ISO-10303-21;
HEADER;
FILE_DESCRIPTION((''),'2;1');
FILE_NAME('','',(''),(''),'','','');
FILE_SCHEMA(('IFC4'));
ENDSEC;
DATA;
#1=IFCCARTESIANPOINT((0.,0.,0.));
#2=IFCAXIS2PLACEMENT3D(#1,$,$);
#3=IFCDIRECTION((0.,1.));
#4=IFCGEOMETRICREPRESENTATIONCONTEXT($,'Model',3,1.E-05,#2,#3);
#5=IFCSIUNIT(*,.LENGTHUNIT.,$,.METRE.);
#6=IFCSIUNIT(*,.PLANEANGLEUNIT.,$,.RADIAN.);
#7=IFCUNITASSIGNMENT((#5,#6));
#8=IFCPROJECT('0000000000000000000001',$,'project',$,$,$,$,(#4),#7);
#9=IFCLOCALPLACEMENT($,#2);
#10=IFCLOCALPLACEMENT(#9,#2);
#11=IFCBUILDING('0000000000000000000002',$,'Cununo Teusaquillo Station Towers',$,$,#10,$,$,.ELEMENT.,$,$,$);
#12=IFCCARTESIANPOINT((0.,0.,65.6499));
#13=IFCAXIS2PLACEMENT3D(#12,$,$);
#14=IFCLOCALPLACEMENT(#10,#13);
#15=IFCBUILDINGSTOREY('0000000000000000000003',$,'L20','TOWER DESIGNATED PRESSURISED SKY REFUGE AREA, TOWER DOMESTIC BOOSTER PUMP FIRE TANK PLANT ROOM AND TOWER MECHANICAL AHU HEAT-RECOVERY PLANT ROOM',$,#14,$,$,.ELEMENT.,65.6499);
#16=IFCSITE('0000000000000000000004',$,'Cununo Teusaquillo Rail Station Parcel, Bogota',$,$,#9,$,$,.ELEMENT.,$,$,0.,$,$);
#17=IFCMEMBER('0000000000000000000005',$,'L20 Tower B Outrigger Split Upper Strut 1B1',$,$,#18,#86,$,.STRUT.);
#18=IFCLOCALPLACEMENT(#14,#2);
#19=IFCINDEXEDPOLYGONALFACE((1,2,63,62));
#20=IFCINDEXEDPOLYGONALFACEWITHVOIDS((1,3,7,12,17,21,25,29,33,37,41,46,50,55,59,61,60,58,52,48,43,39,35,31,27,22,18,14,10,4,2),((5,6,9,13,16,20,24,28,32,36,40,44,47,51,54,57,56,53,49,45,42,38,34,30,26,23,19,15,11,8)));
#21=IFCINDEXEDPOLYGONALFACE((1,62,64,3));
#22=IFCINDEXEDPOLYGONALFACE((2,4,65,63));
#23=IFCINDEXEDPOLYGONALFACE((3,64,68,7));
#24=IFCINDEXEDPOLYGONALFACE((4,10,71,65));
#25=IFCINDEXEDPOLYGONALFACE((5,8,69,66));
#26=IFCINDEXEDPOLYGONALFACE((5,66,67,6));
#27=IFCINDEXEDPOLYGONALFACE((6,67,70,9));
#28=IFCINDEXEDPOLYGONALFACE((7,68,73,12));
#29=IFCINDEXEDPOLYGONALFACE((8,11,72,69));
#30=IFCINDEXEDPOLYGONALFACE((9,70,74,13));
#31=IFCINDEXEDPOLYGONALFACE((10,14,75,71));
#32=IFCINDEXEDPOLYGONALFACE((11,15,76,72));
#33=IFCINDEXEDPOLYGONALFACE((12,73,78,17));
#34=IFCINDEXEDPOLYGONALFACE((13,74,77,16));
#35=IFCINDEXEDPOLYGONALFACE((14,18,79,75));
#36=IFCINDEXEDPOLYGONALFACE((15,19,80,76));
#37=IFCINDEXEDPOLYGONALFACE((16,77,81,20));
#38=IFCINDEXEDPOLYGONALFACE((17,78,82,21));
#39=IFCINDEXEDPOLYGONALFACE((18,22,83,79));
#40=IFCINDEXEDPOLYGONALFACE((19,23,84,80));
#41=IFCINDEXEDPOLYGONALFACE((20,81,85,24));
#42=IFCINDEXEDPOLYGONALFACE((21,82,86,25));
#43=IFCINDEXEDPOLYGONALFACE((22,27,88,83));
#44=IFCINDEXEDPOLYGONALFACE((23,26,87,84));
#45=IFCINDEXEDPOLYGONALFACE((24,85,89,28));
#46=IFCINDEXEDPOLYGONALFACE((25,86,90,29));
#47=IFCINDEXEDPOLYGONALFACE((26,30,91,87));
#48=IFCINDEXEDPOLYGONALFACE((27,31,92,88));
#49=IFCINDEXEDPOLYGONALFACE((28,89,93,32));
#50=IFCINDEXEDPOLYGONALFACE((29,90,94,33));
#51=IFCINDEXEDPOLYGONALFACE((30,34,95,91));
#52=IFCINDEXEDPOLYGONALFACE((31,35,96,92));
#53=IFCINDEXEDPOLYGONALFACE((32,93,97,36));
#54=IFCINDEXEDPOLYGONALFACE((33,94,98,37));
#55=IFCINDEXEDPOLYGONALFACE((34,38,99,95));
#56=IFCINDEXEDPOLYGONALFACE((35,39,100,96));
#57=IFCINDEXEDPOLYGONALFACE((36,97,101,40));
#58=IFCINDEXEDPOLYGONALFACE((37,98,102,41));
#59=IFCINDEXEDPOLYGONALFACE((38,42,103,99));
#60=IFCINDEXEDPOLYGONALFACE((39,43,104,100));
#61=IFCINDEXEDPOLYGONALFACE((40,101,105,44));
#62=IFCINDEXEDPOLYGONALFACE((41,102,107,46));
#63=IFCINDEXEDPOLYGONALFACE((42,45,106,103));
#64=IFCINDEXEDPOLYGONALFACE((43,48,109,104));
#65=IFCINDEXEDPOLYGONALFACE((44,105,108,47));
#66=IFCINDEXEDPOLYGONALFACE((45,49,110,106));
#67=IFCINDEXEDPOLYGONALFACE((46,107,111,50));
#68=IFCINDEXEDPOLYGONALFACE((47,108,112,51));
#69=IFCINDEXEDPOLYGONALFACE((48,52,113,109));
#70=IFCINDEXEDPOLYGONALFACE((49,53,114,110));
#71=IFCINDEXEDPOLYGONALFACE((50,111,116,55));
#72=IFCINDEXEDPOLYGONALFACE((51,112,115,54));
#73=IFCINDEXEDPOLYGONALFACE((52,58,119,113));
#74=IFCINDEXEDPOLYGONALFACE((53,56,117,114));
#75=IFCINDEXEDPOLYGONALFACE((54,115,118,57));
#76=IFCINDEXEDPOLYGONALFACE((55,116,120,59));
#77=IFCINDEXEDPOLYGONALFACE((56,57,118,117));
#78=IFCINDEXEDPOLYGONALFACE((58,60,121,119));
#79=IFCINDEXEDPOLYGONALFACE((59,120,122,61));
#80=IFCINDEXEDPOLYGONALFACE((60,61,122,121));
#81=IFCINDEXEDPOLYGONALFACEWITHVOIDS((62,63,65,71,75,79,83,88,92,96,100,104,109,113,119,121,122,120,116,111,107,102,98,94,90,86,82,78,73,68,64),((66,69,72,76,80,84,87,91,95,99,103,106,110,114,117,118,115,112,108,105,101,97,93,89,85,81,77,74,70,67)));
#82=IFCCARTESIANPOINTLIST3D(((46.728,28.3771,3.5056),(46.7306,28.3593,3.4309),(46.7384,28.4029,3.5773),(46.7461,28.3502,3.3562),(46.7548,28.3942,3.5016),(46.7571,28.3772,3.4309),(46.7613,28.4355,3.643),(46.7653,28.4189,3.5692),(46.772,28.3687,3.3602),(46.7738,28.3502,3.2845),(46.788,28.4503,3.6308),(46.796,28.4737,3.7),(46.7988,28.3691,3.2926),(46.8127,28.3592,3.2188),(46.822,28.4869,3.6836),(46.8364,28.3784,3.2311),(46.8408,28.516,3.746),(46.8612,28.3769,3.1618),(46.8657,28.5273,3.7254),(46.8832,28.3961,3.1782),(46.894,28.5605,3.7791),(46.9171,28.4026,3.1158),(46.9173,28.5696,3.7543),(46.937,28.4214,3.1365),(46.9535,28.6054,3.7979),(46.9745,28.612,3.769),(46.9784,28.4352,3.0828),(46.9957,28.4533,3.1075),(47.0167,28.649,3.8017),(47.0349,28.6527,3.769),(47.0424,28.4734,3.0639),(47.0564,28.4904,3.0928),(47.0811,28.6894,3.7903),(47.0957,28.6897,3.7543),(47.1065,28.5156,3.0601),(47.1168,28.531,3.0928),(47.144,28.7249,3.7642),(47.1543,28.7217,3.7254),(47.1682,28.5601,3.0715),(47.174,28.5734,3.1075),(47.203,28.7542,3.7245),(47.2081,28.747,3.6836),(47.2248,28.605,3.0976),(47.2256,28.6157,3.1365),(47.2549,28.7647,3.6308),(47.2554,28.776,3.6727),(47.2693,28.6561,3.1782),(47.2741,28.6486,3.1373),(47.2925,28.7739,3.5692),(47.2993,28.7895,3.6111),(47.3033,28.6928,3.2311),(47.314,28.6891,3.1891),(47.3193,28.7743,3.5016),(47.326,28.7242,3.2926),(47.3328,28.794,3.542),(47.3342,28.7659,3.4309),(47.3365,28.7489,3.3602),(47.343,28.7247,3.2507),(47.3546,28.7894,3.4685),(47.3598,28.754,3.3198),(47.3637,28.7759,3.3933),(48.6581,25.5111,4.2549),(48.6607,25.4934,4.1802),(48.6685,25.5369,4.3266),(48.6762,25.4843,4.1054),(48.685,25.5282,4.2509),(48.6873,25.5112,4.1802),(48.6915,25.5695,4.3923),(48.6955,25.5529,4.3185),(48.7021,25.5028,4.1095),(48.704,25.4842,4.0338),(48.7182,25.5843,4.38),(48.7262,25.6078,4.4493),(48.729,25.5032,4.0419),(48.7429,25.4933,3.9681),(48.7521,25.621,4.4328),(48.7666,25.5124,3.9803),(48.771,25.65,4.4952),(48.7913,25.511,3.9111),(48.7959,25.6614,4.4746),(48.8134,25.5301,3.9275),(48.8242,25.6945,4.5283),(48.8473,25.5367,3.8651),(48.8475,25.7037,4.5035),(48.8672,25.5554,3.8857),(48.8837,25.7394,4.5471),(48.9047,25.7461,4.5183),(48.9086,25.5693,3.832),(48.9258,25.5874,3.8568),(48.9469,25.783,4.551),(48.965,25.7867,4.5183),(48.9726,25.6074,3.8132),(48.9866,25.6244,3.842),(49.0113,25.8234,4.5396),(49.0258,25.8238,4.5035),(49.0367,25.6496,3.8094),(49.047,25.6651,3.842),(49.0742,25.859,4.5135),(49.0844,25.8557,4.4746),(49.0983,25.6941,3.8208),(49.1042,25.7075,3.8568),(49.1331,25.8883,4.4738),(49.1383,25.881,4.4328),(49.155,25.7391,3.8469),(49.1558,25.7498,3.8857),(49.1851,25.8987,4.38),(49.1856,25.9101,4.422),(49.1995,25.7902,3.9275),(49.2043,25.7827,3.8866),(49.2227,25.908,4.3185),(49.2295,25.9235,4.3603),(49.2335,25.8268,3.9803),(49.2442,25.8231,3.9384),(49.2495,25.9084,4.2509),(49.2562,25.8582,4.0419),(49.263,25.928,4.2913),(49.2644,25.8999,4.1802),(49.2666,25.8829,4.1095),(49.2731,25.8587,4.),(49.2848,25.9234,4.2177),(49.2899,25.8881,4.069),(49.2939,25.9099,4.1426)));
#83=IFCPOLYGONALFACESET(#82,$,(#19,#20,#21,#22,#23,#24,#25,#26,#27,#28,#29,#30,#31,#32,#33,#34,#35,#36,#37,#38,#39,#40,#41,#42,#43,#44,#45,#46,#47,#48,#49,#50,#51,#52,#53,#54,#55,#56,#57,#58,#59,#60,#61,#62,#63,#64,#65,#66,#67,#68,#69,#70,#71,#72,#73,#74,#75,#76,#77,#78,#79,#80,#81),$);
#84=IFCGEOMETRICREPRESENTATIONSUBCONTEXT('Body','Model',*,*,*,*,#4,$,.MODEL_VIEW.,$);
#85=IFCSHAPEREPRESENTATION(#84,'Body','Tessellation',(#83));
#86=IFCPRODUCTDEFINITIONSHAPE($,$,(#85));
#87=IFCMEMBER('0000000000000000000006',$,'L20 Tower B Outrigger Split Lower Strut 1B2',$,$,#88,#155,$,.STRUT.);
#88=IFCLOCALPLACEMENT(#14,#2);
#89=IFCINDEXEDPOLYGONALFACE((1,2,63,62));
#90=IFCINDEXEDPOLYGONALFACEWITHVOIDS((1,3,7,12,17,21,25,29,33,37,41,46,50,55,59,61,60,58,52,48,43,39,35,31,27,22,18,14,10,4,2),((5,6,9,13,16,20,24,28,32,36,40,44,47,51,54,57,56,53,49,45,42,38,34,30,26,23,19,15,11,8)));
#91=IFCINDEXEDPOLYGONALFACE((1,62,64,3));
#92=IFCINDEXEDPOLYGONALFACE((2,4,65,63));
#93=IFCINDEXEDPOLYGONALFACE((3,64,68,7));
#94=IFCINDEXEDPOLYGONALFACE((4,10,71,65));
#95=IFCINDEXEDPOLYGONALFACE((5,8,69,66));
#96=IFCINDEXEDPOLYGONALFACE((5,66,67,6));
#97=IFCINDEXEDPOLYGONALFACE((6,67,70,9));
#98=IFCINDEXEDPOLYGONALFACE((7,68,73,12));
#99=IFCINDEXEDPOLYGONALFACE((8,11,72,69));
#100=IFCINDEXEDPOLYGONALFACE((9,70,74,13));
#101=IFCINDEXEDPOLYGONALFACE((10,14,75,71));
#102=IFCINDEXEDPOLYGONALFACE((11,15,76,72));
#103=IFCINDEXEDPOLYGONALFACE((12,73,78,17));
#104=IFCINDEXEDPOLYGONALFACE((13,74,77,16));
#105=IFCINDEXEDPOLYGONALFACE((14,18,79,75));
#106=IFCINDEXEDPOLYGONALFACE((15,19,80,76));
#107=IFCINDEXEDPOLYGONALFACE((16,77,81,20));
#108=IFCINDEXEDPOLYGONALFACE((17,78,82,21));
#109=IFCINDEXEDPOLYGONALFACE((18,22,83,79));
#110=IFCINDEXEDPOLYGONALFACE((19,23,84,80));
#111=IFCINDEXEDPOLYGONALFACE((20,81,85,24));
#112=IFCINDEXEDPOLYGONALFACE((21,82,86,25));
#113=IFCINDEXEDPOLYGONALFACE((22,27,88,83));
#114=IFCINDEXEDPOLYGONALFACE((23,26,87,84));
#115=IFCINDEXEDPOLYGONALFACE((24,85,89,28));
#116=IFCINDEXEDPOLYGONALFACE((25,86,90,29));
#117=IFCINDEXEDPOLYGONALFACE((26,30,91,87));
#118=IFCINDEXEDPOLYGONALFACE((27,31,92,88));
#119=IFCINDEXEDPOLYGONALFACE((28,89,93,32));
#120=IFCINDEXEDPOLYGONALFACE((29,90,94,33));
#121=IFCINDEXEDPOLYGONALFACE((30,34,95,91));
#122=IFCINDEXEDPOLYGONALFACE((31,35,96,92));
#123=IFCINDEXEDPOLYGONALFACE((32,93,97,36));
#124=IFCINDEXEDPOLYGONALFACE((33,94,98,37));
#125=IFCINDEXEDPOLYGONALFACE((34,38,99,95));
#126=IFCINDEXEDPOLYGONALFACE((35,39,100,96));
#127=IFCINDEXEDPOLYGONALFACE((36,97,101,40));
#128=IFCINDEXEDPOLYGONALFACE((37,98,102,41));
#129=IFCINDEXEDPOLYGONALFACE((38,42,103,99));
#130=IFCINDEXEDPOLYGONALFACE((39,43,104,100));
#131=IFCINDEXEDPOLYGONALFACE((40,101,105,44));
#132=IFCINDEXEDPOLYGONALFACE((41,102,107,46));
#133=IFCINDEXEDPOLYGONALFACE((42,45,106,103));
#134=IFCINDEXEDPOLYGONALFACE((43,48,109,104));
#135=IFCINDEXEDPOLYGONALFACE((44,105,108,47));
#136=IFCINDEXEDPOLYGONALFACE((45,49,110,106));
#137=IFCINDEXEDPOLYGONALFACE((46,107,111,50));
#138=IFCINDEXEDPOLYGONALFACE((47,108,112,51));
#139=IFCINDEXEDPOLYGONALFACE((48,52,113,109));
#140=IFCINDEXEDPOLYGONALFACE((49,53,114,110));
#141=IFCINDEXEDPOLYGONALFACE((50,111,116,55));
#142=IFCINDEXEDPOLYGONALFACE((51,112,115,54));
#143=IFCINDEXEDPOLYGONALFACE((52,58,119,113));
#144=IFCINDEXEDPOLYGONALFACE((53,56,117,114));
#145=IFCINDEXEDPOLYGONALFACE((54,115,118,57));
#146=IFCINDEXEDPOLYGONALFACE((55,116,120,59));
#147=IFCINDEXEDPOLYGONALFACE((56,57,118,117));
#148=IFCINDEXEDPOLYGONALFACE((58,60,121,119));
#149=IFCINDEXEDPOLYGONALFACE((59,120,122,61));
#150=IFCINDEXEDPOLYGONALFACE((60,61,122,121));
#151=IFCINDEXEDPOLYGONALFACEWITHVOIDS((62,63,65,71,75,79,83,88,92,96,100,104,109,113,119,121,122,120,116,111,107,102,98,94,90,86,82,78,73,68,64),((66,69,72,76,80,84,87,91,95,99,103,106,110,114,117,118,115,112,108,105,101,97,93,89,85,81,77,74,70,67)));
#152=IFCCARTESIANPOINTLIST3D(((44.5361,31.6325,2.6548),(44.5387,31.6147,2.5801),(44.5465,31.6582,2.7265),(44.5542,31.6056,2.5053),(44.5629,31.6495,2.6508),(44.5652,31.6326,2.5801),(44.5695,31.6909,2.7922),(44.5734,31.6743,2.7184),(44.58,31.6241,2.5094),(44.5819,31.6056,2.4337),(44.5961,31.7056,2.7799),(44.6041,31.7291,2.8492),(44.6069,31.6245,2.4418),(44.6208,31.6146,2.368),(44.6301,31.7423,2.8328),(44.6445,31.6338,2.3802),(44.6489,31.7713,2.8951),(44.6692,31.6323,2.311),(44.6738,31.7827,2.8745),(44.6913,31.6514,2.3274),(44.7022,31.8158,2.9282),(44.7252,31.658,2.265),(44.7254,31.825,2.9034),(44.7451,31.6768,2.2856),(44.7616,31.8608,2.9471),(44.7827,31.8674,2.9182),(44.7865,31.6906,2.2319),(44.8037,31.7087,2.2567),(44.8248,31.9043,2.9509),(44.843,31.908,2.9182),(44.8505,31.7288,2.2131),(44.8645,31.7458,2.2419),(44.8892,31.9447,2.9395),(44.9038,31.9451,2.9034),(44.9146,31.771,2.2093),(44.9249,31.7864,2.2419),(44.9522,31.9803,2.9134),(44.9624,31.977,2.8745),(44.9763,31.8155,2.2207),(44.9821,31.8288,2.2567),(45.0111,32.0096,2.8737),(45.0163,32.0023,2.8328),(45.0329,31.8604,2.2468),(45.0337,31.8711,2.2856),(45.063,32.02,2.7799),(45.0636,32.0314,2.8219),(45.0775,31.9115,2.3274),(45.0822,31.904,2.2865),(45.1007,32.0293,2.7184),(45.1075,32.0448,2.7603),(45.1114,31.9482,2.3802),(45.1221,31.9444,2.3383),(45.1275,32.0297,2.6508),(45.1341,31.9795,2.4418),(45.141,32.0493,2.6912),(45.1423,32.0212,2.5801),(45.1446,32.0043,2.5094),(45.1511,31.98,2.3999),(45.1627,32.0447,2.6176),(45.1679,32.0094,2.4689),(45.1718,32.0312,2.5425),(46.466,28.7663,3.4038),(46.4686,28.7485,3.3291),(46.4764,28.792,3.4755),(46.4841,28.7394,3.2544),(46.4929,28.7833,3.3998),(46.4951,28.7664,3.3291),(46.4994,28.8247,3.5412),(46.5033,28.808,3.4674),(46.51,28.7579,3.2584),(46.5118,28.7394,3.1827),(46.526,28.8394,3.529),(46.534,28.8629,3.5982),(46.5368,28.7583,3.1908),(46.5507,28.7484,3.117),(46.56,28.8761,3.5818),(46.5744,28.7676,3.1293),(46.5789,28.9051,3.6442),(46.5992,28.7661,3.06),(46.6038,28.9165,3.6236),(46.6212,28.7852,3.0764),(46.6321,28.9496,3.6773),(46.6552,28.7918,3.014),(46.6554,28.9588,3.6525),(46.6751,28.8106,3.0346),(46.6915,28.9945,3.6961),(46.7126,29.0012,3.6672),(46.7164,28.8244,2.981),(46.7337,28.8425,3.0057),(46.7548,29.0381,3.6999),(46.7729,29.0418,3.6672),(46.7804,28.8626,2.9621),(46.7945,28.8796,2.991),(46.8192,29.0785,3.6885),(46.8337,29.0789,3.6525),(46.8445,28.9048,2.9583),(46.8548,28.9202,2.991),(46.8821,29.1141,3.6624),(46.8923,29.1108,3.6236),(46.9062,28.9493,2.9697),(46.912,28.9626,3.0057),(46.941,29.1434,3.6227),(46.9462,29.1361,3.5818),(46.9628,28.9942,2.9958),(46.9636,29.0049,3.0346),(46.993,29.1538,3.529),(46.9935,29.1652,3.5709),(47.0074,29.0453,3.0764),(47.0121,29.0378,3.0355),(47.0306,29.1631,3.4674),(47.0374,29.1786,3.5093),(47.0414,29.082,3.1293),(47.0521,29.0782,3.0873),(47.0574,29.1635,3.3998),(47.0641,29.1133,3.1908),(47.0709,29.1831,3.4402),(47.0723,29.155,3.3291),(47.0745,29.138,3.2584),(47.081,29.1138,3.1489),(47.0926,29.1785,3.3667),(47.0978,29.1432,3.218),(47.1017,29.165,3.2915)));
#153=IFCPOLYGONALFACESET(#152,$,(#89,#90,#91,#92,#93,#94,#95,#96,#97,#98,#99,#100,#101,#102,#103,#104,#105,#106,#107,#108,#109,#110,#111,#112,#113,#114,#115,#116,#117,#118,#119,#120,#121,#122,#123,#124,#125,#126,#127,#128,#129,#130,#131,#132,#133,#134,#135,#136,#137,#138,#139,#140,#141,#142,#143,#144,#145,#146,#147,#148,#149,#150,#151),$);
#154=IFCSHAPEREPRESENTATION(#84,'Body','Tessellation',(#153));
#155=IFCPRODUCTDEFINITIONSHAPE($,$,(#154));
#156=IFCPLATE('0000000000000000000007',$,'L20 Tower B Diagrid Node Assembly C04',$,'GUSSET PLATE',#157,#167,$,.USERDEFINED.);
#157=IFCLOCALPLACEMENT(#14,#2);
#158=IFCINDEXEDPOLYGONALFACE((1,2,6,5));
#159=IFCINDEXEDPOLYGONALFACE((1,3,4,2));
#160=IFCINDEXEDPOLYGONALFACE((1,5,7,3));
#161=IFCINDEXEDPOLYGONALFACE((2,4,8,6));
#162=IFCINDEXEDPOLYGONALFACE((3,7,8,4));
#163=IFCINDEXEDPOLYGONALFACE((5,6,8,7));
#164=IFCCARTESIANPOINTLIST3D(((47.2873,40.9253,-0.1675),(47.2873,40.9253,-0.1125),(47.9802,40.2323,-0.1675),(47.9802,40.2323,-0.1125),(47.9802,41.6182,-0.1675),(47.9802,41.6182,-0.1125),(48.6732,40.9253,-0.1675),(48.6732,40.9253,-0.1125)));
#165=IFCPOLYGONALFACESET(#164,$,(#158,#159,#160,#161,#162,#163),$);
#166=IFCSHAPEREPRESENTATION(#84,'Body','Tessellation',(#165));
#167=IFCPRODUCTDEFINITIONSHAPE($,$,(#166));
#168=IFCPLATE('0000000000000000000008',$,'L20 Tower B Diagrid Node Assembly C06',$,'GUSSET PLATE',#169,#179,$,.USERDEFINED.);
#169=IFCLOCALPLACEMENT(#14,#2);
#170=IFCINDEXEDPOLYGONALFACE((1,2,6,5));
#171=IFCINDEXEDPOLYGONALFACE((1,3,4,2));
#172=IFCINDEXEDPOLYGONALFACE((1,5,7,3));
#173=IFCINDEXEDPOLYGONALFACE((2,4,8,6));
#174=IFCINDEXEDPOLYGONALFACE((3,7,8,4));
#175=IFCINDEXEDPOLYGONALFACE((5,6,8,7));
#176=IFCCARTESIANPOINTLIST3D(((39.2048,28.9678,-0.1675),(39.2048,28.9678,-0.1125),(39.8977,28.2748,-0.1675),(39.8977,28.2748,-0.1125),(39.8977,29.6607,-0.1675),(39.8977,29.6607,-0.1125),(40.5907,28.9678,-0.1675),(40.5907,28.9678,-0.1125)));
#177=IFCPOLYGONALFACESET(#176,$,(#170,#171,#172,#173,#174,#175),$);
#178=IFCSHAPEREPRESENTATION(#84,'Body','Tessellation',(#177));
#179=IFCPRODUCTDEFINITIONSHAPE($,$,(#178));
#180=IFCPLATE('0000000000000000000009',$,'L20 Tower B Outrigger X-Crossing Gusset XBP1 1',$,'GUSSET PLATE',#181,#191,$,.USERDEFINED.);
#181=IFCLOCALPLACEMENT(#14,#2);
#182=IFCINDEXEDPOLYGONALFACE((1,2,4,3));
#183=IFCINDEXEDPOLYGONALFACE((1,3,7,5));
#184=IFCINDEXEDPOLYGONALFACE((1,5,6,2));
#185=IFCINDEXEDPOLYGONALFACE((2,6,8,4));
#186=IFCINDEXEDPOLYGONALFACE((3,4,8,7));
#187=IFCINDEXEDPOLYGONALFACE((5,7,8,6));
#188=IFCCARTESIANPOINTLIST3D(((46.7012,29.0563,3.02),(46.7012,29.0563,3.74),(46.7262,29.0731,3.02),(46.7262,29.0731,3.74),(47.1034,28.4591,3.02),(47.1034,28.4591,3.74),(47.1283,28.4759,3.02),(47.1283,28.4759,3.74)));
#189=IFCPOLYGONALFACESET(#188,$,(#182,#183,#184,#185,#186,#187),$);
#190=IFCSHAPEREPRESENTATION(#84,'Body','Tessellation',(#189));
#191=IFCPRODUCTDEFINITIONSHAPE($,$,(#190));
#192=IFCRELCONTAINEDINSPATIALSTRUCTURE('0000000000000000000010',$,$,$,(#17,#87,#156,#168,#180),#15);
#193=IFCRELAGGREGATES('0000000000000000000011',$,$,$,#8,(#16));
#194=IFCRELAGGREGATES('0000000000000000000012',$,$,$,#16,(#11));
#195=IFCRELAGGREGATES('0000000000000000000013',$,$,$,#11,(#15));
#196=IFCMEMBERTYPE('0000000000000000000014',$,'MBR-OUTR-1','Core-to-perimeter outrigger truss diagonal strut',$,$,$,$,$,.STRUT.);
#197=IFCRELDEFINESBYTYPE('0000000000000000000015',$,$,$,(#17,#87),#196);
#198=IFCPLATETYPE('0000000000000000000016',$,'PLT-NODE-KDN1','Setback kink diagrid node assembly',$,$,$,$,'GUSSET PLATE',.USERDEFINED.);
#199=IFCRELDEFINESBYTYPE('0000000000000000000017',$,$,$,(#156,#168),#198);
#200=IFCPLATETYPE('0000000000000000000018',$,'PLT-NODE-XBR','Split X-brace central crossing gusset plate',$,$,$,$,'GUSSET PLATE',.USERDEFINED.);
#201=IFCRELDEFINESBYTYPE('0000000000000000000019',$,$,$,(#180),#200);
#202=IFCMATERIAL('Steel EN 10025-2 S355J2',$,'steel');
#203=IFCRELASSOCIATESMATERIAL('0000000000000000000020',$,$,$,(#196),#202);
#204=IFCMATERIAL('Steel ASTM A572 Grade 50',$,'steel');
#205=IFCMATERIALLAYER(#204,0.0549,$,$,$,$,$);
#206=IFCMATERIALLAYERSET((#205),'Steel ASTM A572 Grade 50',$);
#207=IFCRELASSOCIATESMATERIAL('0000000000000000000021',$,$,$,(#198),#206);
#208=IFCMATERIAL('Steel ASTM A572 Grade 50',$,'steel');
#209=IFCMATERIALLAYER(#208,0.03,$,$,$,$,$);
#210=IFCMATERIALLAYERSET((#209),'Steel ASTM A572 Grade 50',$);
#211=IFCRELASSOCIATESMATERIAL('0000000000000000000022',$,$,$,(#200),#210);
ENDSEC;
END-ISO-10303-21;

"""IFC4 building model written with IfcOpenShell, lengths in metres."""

from ifc_helpers import new_model, si_unit, direction, frame, origin, origin_2d, place, context, subcontext, project, spatial, rectangle, hollow_circle, extrude, source, transform, mapped, material, layer, layer_set, material_profile, profile_set, type_object, element, save


model = new_model("IFC4")

# Units and contexts
model_context = context("Model", 3, precision=1e-05, world=origin(), true_north=direction((0.0, 1.0)))
body_context = subcontext(model_context, "Body", "Model", "MODEL_VIEW")
ifc_project = project(units=[si_unit("LENGTHUNIT", "METRE"), si_unit("PLANEANGLEUNIT", "RADIAN")], contexts=[model_context])

# Site, building, storey
site_placement = place(None, origin())
site = spatial("IfcSite", under=ifc_project, at=site_placement, Name="Cununo Teusaquillo Rail Station Parcel, Bogota", CompositionType="ELEMENT", RefElevation=0.0)
building_placement = place(site_placement, origin())
building = spatial("IfcBuilding", under=site, at=building_placement, Name="Cununo Teusaquillo Station Towers", CompositionType="ELEMENT")
storey_placement = place(building_placement, frame((0.0, 0.0, 65.6499)))
storey = spatial("IfcBuildingStorey", under=building, at=storey_placement, Name="L20", Description="TOWER DESIGNATED PRESSURISED SKY REFUGE AREA, TOWER DOMESTIC BOOSTER PUMP FIRE TANK PLANT ROOM AND TOWER MECHANICAL AHU HEAT-RECOVERY PLANT ROOM", CompositionType="ELEMENT", Elevation=65.6499)

# Members
ifc_material_1 = material(Name="Steel EN 10025-2 S355J2", Category="steel")
ifc_material_profile_1 = material_profile(ifc_material_1, hollow_circle(Radius=0.3799, WallThickness=0.032, at=origin_2d()), Name="CHS 760x32")
ifc_profile_set_1 = profile_set([ifc_material_profile_1], Name="Steel EN 10025-2 S355J2")
member_type_1 = type_object("IfcMemberType", Name="MBR-OUTR-1", Description="Core-to-perimeter outrigger truss diagonal strut", PredefinedType="STRUT", material=ifc_profile_set_1)
for number, where, z_axis, x_axis, name in (
    (1, (48.9758, 25.7056, 4.1802), (-0.54592, 0.810594, -0.211919), (-0.829432, -0.558607, 0.0), "L20 Tower B Outrigger Split Upper Strut 1B1"),
    (2, (46.7837, 28.9607, 3.3291), (-0.545849, 0.81066, -0.211849), (-0.829487, -0.558526, 0.0), "L20 Tower B Outrigger Split Lower Strut 1B2"),
):
    element("IfcMember", number, at=place(storey_placement, frame(where, z_axis=z_axis, x_axis=x_axis)), inside=storey, type_object=member_type_1, Name=name, PredefinedType="STRUT", context=body_context, shape_type="SweptSolid", body=[
        extrude(hollow_circle(Radius=0.3799, WallThickness=0.032, at=origin_2d()), origin(), (0.0, 0.0, 1.0), 3.5356),
    ])

# Plates
ifc_material_2 = material(Name="Steel ASTM A572 Grade 50", Category="steel")
ifc_layer_1 = layer(ifc_material_2, 0.0549)
ifc_layer_set_1 = layer_set([ifc_layer_1], Name="Steel ASTM A572 Grade 50")
plate_type_1 = type_object("IfcPlateType", Name="PLT-NODE-KDN1", Description="Setback kink diagrid node assembly", ElementType="GUSSET PLATE", PredefinedType="USERDEFINED", material=ifc_layer_set_1)
shared_shape_1 = source(origin(), body_context, "Body", "SweptSolid", [
    extrude(rectangle(XDim=0.98, YDim=0.98, at=origin_2d()), origin(), (0.0, 0.0, 1.0), 0.0549),
])
for number, where, z_axis, x_axis, name in (
    (3, (47.9802, 40.9253, -0.1675), (0.0, 0.0, 1.0), (0.707107, 0.707107, 0.0), "L20 Tower B Diagrid Node Assembly C04"),
    (4, (39.8977, 28.9678, -0.1675), (0.0, 0.0, 1.0), (0.707107, 0.707107, 0.0), "L20 Tower B Diagrid Node Assembly C06"),
):
    element("IfcPlate", number, at=place(storey_placement, frame(where, z_axis=z_axis, x_axis=x_axis)), inside=storey, type_object=plate_type_1, Name=name, ObjectType="GUSSET PLATE", PredefinedType="USERDEFINED", context=body_context, shape_type="MappedRepresentation", body=[
        mapped(shared_shape_1, transform((0.0, 0.0, 0.0), x_axis=(1.0, 0.0, 0.0), y_axis=(0.0, 1.0, 0.0), z_axis=(0.0, 0.0, 1.0), scale=1.0)),
    ])
ifc_material_3 = material(Name="Steel ASTM A572 Grade 50", Category="steel")
ifc_layer_2 = layer(ifc_material_3, 0.03)
ifc_layer_set_2 = layer_set([ifc_layer_2], Name="Steel ASTM A572 Grade 50")
plate_type_2 = type_object("IfcPlateType", Name="PLT-NODE-XBR", Description="Split X-brace central crossing gusset plate", ElementType="GUSSET PLATE", PredefinedType="USERDEFINED", material=ifc_layer_set_2)
shared_shape_2 = source(origin(), body_context, "Body", "SweptSolid", [
    extrude(rectangle(XDim=0.72, YDim=0.03, at=origin_2d()), origin(), (0.0, 0.0, 1.0), 0.72),
])
plate_placement = place(storey_placement, frame((46.9148, 28.7661, 3.02), z_axis=(0.0, 0.0, 1.0), x_axis=(-0.558614, 0.829428, 0.0)))
element("IfcPlate", 5, at=plate_placement, inside=storey, type_object=plate_type_2, Name="L20 Tower B Outrigger X-Crossing Gusset XBP1 1", ObjectType="GUSSET PLATE", PredefinedType="USERDEFINED", context=body_context, shape_type="MappedRepresentation", body=[
    mapped(shared_shape_2, transform((0.0, 0.0, 0.0), x_axis=(1.0, 0.0, 0.0), y_axis=(0.0, 1.0, 0.0), z_axis=(0.0, 0.0, 1.0), scale=1.0)),
])

save(model, "model.ifc")
